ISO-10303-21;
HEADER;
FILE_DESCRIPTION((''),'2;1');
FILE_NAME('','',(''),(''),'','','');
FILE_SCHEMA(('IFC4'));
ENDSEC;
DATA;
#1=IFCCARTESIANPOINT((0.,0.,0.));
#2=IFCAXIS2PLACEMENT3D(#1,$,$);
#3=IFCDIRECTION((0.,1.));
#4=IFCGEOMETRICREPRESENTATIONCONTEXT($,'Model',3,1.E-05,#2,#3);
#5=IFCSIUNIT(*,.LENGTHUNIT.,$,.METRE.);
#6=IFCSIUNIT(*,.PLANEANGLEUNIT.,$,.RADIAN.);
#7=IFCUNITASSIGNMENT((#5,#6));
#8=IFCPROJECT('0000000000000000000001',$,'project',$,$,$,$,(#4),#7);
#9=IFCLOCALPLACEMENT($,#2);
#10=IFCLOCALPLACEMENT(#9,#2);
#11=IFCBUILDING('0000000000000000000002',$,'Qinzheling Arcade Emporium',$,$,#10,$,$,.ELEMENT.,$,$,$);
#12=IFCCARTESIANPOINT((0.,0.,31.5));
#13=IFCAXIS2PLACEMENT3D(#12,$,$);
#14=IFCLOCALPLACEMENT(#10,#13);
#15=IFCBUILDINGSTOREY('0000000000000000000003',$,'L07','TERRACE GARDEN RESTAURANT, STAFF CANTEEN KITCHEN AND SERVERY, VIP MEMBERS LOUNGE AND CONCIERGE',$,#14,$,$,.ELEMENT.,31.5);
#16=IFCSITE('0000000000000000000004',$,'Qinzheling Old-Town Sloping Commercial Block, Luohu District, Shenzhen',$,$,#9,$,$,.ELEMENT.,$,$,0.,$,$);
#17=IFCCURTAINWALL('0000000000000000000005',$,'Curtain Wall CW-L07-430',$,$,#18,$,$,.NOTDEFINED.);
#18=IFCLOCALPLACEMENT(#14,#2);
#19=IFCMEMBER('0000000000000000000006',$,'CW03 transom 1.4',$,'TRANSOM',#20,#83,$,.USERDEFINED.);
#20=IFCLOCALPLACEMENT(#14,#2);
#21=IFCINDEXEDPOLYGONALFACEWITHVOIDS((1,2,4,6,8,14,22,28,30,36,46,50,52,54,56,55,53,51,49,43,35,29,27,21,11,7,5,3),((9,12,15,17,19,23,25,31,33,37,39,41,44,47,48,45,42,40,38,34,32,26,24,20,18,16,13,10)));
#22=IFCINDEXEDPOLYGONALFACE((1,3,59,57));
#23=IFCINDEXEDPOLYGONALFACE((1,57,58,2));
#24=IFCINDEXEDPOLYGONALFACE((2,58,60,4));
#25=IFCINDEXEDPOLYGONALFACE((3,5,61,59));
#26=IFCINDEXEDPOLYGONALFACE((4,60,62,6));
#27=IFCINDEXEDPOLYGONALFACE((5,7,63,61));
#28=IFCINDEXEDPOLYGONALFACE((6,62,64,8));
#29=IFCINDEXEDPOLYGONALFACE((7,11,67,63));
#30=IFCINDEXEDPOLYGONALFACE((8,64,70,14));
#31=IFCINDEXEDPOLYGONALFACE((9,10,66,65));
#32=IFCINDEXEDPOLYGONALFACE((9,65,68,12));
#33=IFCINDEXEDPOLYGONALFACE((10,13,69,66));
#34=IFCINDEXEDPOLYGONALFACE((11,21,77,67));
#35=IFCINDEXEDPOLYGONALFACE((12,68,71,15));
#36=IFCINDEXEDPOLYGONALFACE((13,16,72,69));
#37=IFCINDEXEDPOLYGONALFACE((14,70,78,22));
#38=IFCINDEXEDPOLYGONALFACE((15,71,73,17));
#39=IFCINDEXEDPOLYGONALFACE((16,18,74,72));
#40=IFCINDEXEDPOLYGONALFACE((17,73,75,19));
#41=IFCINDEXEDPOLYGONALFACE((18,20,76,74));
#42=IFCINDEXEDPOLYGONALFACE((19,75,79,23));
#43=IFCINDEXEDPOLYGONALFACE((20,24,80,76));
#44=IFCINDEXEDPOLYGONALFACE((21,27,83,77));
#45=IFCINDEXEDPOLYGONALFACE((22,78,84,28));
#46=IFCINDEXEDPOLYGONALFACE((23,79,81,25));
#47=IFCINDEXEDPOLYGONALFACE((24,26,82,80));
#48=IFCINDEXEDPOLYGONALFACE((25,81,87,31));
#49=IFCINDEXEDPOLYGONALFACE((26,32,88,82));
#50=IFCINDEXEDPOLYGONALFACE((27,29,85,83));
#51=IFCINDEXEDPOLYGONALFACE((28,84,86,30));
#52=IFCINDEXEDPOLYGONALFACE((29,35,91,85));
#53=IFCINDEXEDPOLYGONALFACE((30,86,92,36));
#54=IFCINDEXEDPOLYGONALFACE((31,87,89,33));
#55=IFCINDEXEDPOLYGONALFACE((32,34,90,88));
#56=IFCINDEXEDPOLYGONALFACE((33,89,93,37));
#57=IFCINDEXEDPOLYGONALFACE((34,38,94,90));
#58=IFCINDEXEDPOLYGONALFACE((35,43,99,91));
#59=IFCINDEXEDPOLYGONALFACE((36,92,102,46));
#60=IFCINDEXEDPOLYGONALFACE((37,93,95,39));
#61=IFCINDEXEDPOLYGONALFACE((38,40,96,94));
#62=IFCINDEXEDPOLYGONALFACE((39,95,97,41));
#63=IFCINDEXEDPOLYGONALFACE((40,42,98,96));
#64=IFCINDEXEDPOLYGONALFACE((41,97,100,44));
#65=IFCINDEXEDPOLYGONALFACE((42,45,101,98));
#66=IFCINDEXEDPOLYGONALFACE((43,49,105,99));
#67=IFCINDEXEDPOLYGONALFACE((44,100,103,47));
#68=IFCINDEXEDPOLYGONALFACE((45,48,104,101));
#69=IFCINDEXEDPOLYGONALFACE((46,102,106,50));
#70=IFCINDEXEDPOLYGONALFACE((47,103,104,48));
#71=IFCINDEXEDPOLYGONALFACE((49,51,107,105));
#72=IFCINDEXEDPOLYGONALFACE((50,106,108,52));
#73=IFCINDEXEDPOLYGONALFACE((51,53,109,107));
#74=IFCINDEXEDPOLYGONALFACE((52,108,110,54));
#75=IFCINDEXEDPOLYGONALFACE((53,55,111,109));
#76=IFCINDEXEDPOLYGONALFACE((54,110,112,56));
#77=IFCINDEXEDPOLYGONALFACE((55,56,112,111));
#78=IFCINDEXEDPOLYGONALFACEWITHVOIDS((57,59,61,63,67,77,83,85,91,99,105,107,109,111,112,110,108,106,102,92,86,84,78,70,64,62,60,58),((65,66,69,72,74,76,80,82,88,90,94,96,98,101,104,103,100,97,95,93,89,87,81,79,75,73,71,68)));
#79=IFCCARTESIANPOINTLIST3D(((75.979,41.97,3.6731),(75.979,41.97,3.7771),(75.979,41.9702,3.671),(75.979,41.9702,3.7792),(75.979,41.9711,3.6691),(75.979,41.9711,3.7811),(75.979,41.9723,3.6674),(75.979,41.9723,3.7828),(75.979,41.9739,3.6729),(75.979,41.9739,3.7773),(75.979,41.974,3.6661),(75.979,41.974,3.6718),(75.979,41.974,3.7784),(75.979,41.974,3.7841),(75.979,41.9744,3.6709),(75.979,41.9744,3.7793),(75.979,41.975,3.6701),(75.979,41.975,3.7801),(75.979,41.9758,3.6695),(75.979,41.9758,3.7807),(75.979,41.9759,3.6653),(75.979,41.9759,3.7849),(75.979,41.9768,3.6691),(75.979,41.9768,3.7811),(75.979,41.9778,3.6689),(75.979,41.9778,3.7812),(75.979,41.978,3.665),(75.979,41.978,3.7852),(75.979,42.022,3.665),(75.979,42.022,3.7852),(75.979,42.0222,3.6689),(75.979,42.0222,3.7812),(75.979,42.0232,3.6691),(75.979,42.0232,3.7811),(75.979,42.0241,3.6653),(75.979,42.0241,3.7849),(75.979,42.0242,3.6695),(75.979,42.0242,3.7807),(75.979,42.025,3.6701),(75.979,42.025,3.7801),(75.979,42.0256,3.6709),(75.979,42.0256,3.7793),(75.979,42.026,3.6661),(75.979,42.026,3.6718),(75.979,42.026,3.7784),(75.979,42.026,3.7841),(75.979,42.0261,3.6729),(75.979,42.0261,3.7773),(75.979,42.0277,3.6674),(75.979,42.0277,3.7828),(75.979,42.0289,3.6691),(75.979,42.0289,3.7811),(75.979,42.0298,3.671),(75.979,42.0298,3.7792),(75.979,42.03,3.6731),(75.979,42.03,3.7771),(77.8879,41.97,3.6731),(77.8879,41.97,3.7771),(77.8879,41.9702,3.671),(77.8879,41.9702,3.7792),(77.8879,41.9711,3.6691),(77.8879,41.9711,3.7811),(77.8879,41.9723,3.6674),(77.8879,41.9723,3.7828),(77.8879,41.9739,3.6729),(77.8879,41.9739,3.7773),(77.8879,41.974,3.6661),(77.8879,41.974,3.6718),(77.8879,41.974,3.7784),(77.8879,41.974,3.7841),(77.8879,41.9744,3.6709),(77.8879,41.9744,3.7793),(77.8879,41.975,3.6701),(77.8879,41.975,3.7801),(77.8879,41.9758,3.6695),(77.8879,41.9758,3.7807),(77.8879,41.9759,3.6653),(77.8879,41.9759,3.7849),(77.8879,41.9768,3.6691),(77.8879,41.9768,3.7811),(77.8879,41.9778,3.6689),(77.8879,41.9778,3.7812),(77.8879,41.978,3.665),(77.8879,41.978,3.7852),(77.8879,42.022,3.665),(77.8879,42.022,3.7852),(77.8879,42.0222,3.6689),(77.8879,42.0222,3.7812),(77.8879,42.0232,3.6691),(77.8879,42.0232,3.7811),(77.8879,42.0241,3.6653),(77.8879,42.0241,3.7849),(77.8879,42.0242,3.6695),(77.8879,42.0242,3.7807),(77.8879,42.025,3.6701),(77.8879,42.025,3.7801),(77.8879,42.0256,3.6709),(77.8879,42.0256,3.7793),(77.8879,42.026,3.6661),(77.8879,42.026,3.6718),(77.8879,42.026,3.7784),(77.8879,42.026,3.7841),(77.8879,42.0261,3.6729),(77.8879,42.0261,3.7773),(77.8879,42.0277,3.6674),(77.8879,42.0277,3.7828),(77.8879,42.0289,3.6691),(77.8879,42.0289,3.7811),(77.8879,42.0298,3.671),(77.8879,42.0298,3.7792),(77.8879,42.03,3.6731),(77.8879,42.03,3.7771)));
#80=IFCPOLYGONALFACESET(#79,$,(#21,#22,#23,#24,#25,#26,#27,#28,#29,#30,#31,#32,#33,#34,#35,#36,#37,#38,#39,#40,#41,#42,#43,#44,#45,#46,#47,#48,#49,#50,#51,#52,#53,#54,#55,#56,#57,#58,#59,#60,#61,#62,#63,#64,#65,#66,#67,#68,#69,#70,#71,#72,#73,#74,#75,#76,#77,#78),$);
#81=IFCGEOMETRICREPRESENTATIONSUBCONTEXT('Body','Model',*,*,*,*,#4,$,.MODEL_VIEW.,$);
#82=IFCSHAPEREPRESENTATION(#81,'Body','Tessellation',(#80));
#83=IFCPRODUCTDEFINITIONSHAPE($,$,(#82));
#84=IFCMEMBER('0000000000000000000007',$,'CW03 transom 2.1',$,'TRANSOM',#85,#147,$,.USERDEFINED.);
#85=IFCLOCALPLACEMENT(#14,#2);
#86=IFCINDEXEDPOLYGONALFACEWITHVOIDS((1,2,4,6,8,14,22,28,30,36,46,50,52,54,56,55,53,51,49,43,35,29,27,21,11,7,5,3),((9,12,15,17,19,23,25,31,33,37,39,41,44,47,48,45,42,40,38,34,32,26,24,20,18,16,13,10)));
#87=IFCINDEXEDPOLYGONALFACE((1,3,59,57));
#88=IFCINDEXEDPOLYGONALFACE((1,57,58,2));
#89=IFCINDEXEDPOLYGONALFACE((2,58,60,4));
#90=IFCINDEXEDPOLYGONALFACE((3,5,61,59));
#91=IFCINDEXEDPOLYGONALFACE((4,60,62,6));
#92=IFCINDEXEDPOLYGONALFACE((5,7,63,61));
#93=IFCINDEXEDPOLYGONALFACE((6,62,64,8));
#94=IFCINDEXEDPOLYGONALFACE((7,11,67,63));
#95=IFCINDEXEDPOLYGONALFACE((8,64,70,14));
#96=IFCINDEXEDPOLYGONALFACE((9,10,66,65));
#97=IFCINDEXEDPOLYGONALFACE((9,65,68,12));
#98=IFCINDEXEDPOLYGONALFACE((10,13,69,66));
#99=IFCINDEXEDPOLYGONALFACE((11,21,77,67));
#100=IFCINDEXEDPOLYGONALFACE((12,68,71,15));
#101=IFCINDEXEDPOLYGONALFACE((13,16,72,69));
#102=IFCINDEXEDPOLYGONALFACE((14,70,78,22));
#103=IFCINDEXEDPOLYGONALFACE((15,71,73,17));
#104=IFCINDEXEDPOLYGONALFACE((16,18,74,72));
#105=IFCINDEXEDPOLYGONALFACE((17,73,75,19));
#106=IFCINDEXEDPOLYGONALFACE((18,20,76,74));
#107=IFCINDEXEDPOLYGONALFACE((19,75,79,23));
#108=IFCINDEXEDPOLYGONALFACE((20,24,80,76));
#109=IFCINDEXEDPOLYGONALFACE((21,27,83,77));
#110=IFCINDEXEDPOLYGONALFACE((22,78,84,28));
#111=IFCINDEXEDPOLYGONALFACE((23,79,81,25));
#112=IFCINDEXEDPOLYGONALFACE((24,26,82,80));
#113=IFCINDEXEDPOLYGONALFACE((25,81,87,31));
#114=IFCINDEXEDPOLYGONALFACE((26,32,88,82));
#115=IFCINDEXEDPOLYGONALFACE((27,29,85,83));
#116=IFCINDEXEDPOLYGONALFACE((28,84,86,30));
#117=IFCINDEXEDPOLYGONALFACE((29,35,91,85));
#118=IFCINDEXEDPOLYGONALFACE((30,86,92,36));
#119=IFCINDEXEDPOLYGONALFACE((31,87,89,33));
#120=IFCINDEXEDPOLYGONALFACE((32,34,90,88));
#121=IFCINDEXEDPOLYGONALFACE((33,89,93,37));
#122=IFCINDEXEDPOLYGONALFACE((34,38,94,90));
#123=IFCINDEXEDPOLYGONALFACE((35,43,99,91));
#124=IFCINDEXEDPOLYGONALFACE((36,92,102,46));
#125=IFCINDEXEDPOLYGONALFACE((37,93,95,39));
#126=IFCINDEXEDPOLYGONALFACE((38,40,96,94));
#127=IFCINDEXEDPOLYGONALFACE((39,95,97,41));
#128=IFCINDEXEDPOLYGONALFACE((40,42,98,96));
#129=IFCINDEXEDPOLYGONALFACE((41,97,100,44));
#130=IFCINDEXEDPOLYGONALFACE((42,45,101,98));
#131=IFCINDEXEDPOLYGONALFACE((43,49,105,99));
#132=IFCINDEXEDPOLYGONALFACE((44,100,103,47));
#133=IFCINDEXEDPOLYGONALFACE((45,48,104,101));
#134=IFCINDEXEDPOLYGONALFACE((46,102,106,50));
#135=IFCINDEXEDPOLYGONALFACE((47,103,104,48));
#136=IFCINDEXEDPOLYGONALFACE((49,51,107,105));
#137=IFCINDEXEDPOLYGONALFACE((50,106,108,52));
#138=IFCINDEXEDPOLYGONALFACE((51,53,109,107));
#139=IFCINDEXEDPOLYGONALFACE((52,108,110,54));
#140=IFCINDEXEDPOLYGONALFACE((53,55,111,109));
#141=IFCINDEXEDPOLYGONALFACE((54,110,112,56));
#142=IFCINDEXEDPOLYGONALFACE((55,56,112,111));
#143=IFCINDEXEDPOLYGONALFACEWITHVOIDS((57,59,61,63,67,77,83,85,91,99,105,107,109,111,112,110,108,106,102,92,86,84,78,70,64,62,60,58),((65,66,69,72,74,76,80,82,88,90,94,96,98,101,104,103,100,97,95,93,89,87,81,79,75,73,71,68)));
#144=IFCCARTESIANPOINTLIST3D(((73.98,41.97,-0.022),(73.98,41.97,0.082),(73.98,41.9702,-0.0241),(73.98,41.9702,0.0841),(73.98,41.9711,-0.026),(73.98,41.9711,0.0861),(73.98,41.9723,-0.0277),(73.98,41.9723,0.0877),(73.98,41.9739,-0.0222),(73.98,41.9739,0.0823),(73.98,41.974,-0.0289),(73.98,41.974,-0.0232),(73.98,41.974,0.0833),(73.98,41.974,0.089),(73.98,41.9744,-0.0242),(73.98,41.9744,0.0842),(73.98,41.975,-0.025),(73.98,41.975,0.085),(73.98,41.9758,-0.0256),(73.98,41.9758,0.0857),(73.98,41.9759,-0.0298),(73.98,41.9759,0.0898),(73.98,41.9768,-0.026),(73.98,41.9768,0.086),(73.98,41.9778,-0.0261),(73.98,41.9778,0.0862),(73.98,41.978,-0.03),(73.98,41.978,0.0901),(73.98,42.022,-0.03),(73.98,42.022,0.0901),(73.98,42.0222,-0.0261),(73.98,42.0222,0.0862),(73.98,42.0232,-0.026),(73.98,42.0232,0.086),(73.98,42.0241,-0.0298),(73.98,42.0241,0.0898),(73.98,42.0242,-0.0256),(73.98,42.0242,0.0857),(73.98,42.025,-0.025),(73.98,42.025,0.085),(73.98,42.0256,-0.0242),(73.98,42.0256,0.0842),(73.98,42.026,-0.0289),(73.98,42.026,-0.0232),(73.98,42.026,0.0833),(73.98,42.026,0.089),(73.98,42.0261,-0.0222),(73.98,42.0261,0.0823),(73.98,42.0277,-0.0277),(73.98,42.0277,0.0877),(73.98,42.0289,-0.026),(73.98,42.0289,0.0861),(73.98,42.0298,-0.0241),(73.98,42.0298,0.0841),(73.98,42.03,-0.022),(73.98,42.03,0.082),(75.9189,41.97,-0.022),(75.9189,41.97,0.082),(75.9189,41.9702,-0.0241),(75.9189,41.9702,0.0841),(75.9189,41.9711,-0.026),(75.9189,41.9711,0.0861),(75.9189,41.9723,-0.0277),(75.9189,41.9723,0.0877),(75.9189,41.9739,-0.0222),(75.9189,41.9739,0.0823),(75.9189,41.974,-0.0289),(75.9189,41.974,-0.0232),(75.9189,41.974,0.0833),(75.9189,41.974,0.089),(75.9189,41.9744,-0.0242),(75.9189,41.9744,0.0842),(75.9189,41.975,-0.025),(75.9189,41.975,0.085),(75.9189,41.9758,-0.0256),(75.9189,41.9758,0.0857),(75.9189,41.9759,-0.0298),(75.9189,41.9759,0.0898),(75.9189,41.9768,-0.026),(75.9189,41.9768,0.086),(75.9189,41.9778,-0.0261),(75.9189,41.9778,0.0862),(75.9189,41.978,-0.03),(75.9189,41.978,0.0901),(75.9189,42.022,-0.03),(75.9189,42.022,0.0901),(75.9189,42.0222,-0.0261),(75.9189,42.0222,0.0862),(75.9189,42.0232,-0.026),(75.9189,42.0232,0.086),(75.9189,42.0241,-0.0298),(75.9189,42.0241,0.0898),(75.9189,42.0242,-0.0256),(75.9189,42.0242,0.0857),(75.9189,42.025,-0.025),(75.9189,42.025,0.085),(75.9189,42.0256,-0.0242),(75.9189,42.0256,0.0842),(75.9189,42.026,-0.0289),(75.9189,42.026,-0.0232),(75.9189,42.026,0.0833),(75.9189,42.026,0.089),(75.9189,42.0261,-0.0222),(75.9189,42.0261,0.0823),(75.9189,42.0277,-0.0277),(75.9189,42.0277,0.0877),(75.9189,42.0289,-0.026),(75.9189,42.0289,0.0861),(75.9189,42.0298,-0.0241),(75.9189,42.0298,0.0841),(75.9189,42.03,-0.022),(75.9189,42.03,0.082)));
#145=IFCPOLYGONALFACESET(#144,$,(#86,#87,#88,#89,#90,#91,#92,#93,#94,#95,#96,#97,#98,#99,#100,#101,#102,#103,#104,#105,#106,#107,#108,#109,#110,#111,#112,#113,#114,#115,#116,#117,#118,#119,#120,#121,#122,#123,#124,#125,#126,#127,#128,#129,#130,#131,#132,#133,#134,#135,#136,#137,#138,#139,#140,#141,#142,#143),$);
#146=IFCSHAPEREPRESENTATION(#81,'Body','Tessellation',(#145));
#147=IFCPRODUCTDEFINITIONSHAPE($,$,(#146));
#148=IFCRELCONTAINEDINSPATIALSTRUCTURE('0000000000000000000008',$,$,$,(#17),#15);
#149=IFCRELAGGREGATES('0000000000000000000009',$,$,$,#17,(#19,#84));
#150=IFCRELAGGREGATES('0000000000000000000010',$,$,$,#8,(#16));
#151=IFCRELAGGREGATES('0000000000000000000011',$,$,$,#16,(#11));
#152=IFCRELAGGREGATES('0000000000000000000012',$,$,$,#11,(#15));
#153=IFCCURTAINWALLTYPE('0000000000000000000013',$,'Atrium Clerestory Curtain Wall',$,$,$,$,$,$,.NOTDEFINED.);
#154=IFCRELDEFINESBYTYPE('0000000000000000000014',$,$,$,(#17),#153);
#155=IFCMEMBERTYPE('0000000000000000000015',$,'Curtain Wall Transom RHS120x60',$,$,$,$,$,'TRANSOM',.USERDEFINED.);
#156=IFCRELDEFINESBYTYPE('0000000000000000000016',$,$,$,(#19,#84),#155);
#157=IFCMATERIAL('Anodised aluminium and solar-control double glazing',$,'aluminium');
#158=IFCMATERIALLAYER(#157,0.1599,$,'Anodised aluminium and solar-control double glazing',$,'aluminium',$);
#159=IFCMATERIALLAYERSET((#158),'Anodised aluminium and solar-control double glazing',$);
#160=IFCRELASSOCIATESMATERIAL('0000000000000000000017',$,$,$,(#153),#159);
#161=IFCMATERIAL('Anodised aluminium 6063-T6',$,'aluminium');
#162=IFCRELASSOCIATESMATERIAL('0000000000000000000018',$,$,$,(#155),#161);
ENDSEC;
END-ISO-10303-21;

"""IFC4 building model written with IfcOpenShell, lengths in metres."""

from ifc_helpers import new_model, si_unit, direction, frame, origin, origin_2d, place, context, subcontext, project, spatial, hollow_rectangle, extrude, material, layer, layer_set, material_profile, profile_set, type_object, element, aggregate, save


model = new_model("IFC4")

# Units and contexts
model_context = context("Model", 3, precision=1e-05, world=origin(), true_north=direction((0.0, 1.0)))
body_context = subcontext(model_context, "Body", "Model", "MODEL_VIEW")
ifc_project = project(units=[si_unit("LENGTHUNIT", "METRE"), si_unit("PLANEANGLEUNIT", "RADIAN")], contexts=[model_context])

# Site, building, storey
site_placement = place(None, origin())
site = spatial("IfcSite", under=ifc_project, at=site_placement, Name="Qinzheling Old-Town Sloping Commercial Block, Luohu District, Shenzhen", CompositionType="ELEMENT", RefElevation=0.0)
building_placement = place(site_placement, origin())
building = spatial("IfcBuilding", under=site, at=building_placement, Name="Qinzheling Arcade Emporium", CompositionType="ELEMENT")
storey_placement = place(building_placement, frame((0.0, 0.0, 31.5)))
storey = spatial("IfcBuildingStorey", under=building, at=storey_placement, Name="L07", Description="TERRACE GARDEN RESTAURANT, STAFF CANTEEN KITCHEN AND SERVERY, VIP MEMBERS LOUNGE AND CONCIERGE", CompositionType="ELEMENT", Elevation=31.5)

# Curtain wall, members
ifc_material_1 = material(Name="Anodised aluminium and solar-control double glazing", Category="aluminium")
ifc_layer_1 = layer(ifc_material_1, 0.1599, Name="Anodised aluminium and solar-control double glazing", Category="aluminium")
ifc_layer_set_1 = layer_set([ifc_layer_1], Name="Anodised aluminium and solar-control double glazing")
curtain_wall_type = type_object("IfcCurtainWallType", Name="Atrium Clerestory Curtain Wall", PredefinedType="NOTDEFINED", material=ifc_layer_set_1)
curtain_wall_placement = place(storey_placement, origin())
curtain_wall = element("IfcCurtainWall", 1, at=curtain_wall_placement, inside=storey, type_object=curtain_wall_type, Name="Curtain Wall CW-L07-430", PredefinedType="NOTDEFINED")
ifc_material_2 = material(Name="Anodised aluminium 6063-T6", Category="aluminium")
ifc_material_profile_1 = material_profile(ifc_material_2, hollow_rectangle(XDim=0.0601, YDim=0.1201, WallThickness=0.0039, InnerFilletRadius=0.0039, OuterFilletRadius=0.0081, at=origin_2d()), Name="RHS 120x60x4", Category="aluminium")
ifc_profile_set_1 = profile_set([ifc_material_profile_1], Name="Anodised aluminium 6063-T6")
member_type_1 = type_object("IfcMemberType", Name="Curtain Wall Transom RHS120x60", ElementType="TRANSOM", PredefinedType="USERDEFINED", material=ifc_profile_set_1)
member_1_placement = place(storey_placement, frame((77.8879, 42.0, 3.7251), z_axis=(-1.0, 0.0, 0.0), x_axis=(0.0, -1.0, 0.0)))
member_1 = element("IfcMember", 2, at=member_1_placement, type_object=member_type_1, Name="CW03 transom 1.4", ObjectType="TRANSOM", PredefinedType="USERDEFINED", context=body_context, shape_type="SweptSolid", body=[
    extrude(hollow_rectangle(XDim=0.0601, YDim=0.1201, WallThickness=0.0039, InnerFilletRadius=0.0039, OuterFilletRadius=0.0081, at=origin_2d()), origin(), (0.0, 0.0, 1.0), 1.9089),
])
member_2_placement = place(storey_placement, frame((75.9189, 42.0, 0.03), z_axis=(-1.0, 0.0, 0.0), x_axis=(0.0, -1.0, 0.0)))
member_2 = element("IfcMember", 3, at=member_2_placement, type_object=member_type_1, Name="CW03 transom 2.1", ObjectType="TRANSOM", PredefinedType="USERDEFINED", context=body_context, shape_type="SweptSolid", body=[
    extrude(hollow_rectangle(XDim=0.0601, YDim=0.1201, WallThickness=0.0039, InnerFilletRadius=0.0039, OuterFilletRadius=0.0081, at=origin_2d()), origin(), (0.0, 0.0, 1.0), 1.939),
])

aggregate(curtain_wall, [member_1, member_2])

save(model, "model.ifc")
